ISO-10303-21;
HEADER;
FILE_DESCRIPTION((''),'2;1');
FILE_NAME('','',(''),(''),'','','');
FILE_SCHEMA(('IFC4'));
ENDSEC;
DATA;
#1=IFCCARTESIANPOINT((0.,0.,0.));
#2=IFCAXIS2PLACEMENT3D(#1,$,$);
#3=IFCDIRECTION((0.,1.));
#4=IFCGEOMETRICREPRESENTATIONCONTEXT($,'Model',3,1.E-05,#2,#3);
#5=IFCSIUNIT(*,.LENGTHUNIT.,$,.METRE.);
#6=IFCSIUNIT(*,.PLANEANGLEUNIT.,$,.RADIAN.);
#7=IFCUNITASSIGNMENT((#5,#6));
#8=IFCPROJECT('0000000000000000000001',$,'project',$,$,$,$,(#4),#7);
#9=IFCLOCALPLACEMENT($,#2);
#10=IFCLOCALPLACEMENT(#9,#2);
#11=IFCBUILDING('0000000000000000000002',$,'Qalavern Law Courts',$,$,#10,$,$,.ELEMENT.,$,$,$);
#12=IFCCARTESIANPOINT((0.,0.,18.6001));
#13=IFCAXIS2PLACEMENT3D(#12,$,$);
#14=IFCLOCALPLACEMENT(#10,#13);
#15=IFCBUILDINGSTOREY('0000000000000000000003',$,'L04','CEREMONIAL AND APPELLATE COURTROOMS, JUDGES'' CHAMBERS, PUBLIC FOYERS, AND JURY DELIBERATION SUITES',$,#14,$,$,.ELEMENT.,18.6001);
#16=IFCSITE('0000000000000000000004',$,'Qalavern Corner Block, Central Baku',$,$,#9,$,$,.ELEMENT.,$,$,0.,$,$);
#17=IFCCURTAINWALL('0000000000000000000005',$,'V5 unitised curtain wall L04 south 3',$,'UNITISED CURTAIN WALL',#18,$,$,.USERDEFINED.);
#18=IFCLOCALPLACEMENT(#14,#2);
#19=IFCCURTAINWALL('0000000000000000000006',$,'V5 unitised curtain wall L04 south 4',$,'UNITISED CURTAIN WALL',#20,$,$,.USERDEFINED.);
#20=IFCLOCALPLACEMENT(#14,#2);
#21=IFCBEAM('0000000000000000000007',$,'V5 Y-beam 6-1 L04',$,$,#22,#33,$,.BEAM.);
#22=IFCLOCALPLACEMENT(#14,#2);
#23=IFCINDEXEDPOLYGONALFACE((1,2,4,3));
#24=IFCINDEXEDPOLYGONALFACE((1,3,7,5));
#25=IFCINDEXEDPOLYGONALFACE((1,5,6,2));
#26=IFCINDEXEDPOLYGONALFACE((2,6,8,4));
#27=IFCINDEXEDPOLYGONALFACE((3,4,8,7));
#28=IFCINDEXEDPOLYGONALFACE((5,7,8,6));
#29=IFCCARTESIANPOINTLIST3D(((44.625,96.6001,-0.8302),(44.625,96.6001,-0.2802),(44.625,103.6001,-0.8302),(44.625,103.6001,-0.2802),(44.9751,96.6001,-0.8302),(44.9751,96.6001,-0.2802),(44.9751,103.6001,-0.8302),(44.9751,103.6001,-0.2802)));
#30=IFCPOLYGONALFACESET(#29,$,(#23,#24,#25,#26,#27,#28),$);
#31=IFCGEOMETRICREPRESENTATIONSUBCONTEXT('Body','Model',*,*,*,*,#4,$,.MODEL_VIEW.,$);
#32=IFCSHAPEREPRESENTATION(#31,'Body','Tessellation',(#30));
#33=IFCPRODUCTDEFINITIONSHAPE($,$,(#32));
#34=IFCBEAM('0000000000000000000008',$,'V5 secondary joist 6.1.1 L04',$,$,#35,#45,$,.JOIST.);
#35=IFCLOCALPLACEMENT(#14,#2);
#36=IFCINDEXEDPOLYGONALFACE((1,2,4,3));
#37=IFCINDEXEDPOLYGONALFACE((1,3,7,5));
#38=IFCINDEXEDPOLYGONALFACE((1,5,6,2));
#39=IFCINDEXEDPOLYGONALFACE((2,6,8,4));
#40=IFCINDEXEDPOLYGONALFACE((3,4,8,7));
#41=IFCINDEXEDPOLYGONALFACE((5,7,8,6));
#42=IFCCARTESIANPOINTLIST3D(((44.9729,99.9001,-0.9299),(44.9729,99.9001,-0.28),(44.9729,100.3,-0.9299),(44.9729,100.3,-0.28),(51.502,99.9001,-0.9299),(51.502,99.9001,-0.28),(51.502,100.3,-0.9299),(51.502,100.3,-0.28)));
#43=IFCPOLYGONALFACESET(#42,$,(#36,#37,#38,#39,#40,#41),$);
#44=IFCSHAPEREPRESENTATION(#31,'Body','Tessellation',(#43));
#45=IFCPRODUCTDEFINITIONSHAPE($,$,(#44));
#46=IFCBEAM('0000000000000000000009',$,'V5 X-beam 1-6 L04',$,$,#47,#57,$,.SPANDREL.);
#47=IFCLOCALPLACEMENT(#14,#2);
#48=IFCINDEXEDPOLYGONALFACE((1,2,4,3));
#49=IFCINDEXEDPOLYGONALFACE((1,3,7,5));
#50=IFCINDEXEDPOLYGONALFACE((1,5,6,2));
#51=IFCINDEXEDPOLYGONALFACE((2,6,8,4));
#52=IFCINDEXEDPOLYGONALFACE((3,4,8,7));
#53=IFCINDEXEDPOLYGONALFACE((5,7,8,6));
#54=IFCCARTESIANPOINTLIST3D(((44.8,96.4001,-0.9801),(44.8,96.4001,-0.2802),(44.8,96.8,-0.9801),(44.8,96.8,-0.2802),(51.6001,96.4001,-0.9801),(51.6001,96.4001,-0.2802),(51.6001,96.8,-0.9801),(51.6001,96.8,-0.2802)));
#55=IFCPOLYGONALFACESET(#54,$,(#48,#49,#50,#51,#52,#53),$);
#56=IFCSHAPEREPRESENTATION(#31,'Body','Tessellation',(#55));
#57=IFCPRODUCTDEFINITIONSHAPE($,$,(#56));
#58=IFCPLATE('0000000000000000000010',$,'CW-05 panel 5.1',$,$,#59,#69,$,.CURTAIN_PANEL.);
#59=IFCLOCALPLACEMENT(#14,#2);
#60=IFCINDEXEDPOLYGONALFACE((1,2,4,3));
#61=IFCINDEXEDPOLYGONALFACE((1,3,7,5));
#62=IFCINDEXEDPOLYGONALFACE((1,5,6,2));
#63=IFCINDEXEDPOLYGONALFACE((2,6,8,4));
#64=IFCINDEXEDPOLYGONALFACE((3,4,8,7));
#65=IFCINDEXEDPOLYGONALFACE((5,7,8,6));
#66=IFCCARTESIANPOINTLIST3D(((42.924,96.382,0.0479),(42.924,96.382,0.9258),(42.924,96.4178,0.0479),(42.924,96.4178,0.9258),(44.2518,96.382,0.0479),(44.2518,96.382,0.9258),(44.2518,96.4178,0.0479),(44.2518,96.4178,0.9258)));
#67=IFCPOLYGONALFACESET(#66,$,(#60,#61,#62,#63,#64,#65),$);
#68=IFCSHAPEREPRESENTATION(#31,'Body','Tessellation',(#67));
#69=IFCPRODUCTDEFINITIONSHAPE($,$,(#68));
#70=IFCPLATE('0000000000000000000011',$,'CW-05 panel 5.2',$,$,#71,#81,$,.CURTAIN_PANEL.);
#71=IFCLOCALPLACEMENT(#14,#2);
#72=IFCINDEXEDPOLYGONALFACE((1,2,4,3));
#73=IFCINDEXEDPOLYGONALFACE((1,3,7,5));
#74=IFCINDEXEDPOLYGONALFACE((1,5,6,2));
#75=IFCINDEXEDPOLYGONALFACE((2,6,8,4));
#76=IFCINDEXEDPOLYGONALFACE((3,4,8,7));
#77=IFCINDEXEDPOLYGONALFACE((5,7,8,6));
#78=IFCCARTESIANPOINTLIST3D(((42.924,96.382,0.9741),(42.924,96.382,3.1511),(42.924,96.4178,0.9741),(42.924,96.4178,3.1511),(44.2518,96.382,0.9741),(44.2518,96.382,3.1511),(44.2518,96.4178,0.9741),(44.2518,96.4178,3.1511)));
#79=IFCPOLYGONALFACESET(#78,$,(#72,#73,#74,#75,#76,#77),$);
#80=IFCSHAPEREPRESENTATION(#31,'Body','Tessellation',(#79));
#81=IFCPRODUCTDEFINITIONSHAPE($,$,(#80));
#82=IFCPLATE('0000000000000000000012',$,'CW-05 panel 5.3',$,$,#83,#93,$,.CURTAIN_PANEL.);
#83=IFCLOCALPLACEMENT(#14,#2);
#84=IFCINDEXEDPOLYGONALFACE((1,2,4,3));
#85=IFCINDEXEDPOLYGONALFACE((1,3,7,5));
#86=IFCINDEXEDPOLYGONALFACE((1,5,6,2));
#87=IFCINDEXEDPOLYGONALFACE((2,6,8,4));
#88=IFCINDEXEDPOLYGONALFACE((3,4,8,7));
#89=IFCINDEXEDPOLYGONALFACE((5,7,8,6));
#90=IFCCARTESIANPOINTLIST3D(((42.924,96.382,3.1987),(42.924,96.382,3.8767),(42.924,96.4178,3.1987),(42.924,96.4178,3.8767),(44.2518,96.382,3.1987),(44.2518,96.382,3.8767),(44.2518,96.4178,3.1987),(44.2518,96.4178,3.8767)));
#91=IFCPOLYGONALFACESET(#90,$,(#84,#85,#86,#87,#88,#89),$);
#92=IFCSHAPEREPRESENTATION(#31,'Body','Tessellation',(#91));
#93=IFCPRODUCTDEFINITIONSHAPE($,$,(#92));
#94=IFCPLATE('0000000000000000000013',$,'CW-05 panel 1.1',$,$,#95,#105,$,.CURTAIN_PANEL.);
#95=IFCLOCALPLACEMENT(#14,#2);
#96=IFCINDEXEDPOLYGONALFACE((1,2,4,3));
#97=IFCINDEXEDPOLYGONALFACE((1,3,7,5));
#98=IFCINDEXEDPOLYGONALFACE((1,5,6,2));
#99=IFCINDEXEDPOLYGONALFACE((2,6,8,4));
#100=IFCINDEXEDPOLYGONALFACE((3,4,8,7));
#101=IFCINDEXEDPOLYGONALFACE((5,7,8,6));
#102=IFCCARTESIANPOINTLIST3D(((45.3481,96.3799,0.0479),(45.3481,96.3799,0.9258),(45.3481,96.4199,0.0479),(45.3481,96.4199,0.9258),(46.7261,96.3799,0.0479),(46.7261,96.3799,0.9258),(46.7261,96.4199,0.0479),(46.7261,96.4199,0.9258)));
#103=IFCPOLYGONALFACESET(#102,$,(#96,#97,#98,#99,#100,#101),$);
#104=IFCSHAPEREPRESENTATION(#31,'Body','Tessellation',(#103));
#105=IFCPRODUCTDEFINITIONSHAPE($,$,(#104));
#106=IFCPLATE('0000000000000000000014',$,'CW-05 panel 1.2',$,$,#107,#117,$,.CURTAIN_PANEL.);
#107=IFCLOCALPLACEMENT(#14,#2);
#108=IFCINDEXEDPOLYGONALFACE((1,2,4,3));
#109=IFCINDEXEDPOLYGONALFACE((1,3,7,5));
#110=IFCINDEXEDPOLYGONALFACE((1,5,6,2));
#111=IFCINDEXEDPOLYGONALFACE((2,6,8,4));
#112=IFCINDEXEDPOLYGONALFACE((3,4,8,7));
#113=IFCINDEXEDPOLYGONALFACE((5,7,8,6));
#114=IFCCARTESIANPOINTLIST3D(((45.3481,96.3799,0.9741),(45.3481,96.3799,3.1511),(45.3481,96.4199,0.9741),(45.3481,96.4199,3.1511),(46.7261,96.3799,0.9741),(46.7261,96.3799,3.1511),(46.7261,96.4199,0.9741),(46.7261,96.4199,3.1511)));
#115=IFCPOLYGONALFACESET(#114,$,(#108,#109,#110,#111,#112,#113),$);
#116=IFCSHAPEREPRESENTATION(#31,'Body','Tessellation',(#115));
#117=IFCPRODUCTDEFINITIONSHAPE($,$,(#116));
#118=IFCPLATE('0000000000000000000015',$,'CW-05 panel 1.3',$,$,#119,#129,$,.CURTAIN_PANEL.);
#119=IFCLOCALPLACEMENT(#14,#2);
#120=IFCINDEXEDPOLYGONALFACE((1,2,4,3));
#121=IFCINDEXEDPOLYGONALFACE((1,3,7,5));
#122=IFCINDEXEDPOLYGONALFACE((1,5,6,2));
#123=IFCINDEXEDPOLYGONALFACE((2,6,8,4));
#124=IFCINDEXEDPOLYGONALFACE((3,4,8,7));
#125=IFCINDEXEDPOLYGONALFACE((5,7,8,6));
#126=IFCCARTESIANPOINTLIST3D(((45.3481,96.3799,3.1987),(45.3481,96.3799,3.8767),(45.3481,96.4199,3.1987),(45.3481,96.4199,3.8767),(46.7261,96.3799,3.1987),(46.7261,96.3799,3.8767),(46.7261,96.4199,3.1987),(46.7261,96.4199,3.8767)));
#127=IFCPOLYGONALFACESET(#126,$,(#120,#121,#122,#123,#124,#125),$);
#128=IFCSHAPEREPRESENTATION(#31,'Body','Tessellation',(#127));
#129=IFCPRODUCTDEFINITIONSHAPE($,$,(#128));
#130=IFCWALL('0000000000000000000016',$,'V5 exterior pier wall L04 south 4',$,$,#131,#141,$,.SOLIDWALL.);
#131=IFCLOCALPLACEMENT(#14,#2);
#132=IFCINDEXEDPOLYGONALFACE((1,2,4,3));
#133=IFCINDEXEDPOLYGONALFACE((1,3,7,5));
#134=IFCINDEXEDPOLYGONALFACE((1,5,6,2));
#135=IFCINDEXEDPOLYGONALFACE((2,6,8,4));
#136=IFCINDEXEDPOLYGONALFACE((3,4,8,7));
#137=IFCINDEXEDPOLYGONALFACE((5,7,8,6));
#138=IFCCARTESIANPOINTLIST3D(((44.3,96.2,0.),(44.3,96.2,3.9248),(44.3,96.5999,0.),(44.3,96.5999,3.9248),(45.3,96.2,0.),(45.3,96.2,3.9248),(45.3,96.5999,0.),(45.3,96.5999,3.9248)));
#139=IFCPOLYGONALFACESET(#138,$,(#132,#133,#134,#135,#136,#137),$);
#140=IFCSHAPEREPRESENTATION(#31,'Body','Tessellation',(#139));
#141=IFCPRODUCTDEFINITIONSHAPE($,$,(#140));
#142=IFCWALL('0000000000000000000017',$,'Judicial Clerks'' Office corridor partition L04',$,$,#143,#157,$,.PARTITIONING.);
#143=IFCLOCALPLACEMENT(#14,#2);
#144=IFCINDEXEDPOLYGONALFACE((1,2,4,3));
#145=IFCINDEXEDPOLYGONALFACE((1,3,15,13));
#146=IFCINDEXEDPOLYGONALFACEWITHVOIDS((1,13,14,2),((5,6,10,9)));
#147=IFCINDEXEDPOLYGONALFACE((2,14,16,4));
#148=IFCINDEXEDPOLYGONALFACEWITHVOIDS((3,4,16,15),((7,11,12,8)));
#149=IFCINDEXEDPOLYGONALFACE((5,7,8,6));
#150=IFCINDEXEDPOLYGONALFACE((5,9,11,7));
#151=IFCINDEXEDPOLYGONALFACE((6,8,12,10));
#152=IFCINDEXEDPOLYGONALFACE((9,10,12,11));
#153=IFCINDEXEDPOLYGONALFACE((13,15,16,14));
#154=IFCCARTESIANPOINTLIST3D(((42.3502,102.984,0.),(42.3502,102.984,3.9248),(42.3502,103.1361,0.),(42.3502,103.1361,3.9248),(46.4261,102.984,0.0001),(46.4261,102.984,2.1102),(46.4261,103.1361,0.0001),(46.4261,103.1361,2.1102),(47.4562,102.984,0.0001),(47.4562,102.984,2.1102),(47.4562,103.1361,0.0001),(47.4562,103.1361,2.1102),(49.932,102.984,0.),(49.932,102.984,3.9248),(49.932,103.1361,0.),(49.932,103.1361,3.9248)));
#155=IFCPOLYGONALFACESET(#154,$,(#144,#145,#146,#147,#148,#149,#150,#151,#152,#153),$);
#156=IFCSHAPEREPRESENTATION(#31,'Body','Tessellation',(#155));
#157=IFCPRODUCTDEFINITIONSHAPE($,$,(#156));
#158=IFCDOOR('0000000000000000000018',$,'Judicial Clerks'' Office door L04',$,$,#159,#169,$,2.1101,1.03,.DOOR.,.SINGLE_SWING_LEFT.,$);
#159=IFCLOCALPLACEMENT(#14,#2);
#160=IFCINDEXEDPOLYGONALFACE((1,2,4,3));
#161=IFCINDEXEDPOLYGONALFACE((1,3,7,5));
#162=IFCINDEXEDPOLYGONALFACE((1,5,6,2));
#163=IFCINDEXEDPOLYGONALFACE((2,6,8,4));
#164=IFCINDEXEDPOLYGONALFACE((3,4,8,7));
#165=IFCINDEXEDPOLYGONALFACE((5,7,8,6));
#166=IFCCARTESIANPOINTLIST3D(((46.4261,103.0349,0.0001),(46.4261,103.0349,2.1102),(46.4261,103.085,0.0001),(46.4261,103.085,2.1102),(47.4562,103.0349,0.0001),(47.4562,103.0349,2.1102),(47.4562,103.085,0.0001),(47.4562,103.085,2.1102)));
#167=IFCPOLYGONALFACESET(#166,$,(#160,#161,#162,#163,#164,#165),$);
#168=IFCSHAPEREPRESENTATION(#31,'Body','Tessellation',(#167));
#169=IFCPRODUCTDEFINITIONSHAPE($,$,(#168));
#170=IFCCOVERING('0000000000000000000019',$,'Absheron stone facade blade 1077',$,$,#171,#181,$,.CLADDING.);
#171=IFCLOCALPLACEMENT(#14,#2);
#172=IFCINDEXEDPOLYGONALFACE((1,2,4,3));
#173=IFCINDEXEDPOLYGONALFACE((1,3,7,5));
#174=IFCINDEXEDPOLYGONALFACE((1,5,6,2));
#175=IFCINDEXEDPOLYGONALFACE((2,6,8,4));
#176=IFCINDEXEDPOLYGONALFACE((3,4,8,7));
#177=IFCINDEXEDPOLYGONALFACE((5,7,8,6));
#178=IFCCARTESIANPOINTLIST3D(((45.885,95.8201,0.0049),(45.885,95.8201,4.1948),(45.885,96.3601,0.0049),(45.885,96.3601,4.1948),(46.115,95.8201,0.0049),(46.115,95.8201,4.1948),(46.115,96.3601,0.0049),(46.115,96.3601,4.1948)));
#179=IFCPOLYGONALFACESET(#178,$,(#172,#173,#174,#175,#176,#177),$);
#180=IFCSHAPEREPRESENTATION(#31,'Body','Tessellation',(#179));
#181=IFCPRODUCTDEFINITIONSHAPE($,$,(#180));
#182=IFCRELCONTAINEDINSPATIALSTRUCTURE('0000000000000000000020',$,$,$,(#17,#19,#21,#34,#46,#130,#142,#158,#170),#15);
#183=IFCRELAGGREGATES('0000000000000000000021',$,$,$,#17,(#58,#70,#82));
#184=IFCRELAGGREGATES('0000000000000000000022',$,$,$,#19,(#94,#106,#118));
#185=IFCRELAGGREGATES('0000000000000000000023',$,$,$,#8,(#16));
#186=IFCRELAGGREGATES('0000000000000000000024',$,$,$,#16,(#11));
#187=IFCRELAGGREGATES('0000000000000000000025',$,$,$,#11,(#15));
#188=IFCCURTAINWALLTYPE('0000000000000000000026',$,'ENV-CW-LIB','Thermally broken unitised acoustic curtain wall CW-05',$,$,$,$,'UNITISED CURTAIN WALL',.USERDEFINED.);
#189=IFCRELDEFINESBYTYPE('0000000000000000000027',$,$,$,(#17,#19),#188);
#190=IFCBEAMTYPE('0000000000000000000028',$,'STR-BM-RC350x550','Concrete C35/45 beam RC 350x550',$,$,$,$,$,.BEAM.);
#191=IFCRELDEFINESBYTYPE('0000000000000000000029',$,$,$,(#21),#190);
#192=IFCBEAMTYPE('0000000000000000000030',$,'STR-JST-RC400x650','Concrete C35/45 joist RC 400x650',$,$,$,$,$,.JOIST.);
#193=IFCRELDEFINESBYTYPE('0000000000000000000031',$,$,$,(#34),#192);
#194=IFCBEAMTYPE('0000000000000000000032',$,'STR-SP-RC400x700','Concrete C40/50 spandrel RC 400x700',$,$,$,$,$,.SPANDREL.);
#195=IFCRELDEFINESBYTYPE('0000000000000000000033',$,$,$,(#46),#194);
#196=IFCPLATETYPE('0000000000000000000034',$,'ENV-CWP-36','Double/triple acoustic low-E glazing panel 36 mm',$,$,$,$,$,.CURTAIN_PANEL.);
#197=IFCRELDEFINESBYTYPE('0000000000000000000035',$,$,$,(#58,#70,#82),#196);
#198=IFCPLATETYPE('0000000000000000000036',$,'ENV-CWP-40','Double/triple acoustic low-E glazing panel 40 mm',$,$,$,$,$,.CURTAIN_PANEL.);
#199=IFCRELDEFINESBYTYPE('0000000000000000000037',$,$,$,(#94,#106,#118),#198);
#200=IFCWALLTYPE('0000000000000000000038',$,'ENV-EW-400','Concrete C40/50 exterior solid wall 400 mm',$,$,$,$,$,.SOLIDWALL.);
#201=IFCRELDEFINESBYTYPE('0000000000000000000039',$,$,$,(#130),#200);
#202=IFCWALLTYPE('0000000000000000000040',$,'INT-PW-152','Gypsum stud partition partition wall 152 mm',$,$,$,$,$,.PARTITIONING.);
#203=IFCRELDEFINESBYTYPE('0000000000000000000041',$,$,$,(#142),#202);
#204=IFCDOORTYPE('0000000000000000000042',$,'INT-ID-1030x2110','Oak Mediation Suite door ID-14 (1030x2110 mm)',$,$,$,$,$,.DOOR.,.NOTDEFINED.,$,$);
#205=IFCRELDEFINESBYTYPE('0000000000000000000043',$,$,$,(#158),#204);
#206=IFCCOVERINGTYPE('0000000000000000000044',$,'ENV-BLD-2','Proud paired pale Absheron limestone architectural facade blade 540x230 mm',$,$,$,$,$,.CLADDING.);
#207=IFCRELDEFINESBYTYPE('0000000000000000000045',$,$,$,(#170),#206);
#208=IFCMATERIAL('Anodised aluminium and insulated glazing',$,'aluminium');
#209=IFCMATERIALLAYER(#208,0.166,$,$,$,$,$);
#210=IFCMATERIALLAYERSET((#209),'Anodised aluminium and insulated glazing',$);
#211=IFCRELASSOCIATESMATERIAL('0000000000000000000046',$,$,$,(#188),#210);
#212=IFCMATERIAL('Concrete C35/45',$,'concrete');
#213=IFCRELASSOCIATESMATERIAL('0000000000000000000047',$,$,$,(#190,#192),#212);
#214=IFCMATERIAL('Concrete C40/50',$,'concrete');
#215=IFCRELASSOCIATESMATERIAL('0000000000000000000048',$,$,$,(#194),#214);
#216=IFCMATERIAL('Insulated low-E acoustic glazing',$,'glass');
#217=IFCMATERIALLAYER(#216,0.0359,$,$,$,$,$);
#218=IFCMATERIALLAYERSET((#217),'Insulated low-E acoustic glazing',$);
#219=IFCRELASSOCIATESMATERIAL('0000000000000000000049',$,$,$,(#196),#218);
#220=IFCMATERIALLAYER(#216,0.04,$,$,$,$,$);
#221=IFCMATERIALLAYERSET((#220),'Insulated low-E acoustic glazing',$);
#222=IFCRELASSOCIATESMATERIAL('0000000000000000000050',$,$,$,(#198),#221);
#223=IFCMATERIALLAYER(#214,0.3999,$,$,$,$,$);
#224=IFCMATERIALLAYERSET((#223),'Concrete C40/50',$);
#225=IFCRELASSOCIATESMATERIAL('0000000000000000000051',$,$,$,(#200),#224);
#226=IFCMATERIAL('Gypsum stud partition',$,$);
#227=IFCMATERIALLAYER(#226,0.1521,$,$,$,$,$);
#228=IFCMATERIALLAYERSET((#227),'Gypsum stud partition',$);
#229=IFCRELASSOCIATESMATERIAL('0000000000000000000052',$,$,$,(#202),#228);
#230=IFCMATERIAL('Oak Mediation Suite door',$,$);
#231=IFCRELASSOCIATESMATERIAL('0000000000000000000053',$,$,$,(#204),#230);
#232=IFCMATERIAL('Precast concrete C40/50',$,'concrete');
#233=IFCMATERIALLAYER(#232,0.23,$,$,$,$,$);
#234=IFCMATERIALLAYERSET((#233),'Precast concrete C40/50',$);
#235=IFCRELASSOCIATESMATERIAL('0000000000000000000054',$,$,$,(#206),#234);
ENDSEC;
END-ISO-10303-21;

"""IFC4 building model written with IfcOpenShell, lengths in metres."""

from ifc_helpers import new_model, si_unit, direction, frame, frame_2d, origin, origin_2d, place, context, subcontext, project, spatial, rectangle, extrude, material, layer, layer_set, material_profile, profile_set, type_object, element, fill, aggregate, save


model = new_model("IFC4")

# Units and contexts
model_context = context("Model", 3, precision=1e-05, world=origin(), true_north=direction((0.0, 1.0)))
body_context = subcontext(model_context, "Body", "Model", "MODEL_VIEW")
ifc_project = project(units=[si_unit("LENGTHUNIT", "METRE"), si_unit("PLANEANGLEUNIT", "RADIAN")], contexts=[model_context])

# Site, building, storey
site_placement = place(None, origin())
site = spatial("IfcSite", under=ifc_project, at=site_placement, Name="Qalavern Corner Block, Central Baku", CompositionType="ELEMENT", RefElevation=0.0)
building_placement = place(site_placement, origin())
building = spatial("IfcBuilding", under=site, at=building_placement, Name="Qalavern Law Courts", CompositionType="ELEMENT")
storey_placement = place(building_placement, frame((0.0, 0.0, 18.6001)))
storey = spatial("IfcBuildingStorey", under=building, at=storey_placement, Name="L04", Description="CEREMONIAL AND APPELLATE COURTROOMS, JUDGES' CHAMBERS, PUBLIC FOYERS, AND JURY DELIBERATION SUITES", CompositionType="ELEMENT", Elevation=18.6001)

# Curtain walls
ifc_material_1 = material(Name="Anodised aluminium and insulated glazing", Category="aluminium")
ifc_layer_1 = layer(ifc_material_1, 0.166)
ifc_layer_set_1 = layer_set([ifc_layer_1], Name="Anodised aluminium and insulated glazing")
curtain_wall_type = type_object("IfcCurtainWallType", Name="ENV-CW-LIB", Description="Thermally broken unitised acoustic curtain wall CW-05", ElementType="UNITISED CURTAIN WALL", PredefinedType="USERDEFINED", material=ifc_layer_set_1)
curtain_wall_1_placement = place(storey_placement, origin())
curtain_wall_1 = element("IfcCurtainWall", 1, at=curtain_wall_1_placement, inside=storey, type_object=curtain_wall_type, Name="V5 unitised curtain wall L04 south 3", ObjectType="UNITISED CURTAIN WALL", PredefinedType="USERDEFINED")
curtain_wall_2_placement = place(storey_placement, origin())
curtain_wall_2 = element("IfcCurtainWall", 2, at=curtain_wall_2_placement, inside=storey, type_object=curtain_wall_type, Name="V5 unitised curtain wall L04 south 4", ObjectType="UNITISED CURTAIN WALL", PredefinedType="USERDEFINED")

# Beams
ifc_material_2 = material(Name="Concrete C35/45", Category="concrete")
ifc_material_profile_1 = material_profile(ifc_material_2, rectangle(XDim=0.3501, YDim=0.55, at=origin_2d()), Name="RC 350x550")
ifc_profile_set_1 = profile_set([ifc_material_profile_1], Name="Concrete C35/45")
beam_type_1 = type_object("IfcBeamType", Name="STR-BM-RC350x550", Description="Concrete C35/45 beam RC 350x550", PredefinedType="BEAM", material=ifc_profile_set_1)
beam_1_placement = place(storey_placement, frame((44.8, 96.6001, -0.5552), z_axis=(0.0, 1.0, 0.0), x_axis=(-1.0, 0.0, 0.0)))
element("IfcBeam", 3, at=beam_1_placement, inside=storey, type_object=beam_type_1, Name="V5 Y-beam 6-1 L04", PredefinedType="BEAM", context=body_context, shape_type="SweptSolid", body=[
    extrude(rectangle(XDim=0.3501, YDim=0.55, at=origin_2d()), origin(), (0.0, 0.0, 1.0), 7.0),
])
ifc_material_profile_2 = material_profile(ifc_material_2, rectangle(XDim=0.3999, YDim=0.6499, at=origin_2d()), Name="RC 400x650")
ifc_profile_set_2 = profile_set([ifc_material_profile_2], Name="Concrete C35/45")
beam_type_2 = type_object("IfcBeamType", Name="STR-JST-RC400x650", Description="Concrete C35/45 joist RC 400x650", PredefinedType="JOIST", material=ifc_profile_set_2)
beam_2_placement = place(storey_placement, frame((44.9729, 100.1001, -0.605), z_axis=(1.0, 0.0, 0.0), x_axis=(0.0, 1.0, 0.0)))
element("IfcBeam", 4, at=beam_2_placement, inside=storey, type_object=beam_type_2, Name="V5 secondary joist 6.1.1 L04", PredefinedType="JOIST", context=body_context, shape_type="SweptSolid", body=[
    extrude(rectangle(XDim=0.3999, YDim=0.6499, at=origin_2d()), origin(), (0.0, 0.0, 1.0), 6.5291),
])
ifc_material_3 = material(Name="Concrete C40/50", Category="concrete")
ifc_material_profile_3 = material_profile(ifc_material_3, rectangle(XDim=0.3999, YDim=0.7, at=origin_2d()), Name="RC 400x700")
ifc_profile_set_3 = profile_set([ifc_material_profile_3], Name="Concrete C40/50")
beam_type_3 = type_object("IfcBeamType", Name="STR-SP-RC400x700", Description="Concrete C40/50 spandrel RC 400x700", PredefinedType="SPANDREL", material=ifc_profile_set_3)
beam_3_placement = place(storey_placement, frame((44.8, 96.6001, -0.6301), z_axis=(1.0, 0.0, 0.0), x_axis=(0.0, 1.0, 0.0)))
element("IfcBeam", 5, at=beam_3_placement, inside=storey, type_object=beam_type_3, Name="V5 X-beam 1-6 L04", PredefinedType="SPANDREL", context=body_context, shape_type="SweptSolid", body=[
    extrude(rectangle(XDim=0.3999, YDim=0.7, at=origin_2d()), origin(), (0.0, 0.0, 1.0), 6.8),
])

# Plates
ifc_material_4 = material(Name="Insulated low-E acoustic glazing", Category="glass")
ifc_layer_2 = layer(ifc_material_4, 0.0359)
ifc_layer_set_2 = layer_set([ifc_layer_2], Name="Insulated low-E acoustic glazing")
plate_type_1 = type_object("IfcPlateType", Name="ENV-CWP-36", Description="Double/triple acoustic low-E glazing panel 36 mm", PredefinedType="CURTAIN_PANEL", material=ifc_layer_set_2)
plate_1_placement = place(storey_placement, frame((43.5879, 96.3999, 0.0479), z_axis=(0.0, 0.0, 1.0), x_axis=(1.0, 0.0, 0.0)))
plate_1 = element("IfcPlate", 6, at=plate_1_placement, type_object=plate_type_1, Name="CW-05 panel 5.1", PredefinedType="CURTAIN_PANEL", context=body_context, shape_type="SweptSolid", body=[
    extrude(rectangle(XDim=1.3279, YDim=0.0359, at=origin_2d()), origin(), (0.0, 0.0, 1.0), 0.8779),
])
plate_2_placement = place(storey_placement, frame((43.5879, 96.3999, 0.9741), z_axis=(0.0, 0.0, 1.0), x_axis=(1.0, 0.0, 0.0)))
plate_2 = element("IfcPlate", 7, at=plate_2_placement, type_object=plate_type_1, Name="CW-05 panel 5.2", PredefinedType="CURTAIN_PANEL", context=body_context, shape_type="SweptSolid", body=[
    extrude(rectangle(XDim=1.3279, YDim=0.0359, at=origin_2d()), origin(), (0.0, 0.0, 1.0), 2.177),
])
plate_3_placement = place(storey_placement, frame((43.5879, 96.3999, 3.1987), z_axis=(0.0, 0.0, 1.0), x_axis=(1.0, 0.0, 0.0)))
plate_3 = element("IfcPlate", 8, at=plate_3_placement, type_object=plate_type_1, Name="CW-05 panel 5.3", PredefinedType="CURTAIN_PANEL", context=body_context, shape_type="SweptSolid", body=[
    extrude(rectangle(XDim=1.3279, YDim=0.0359, at=origin_2d()), origin(), (0.0, 0.0, 1.0), 0.678),
])
aggregate(curtain_wall_1, [plate_1, plate_2, plate_3])
ifc_layer_3 = layer(ifc_material_4, 0.04)
ifc_layer_set_3 = layer_set([ifc_layer_3], Name="Insulated low-E acoustic glazing")
plate_type_2 = type_object("IfcPlateType", Name="ENV-CWP-40", Description="Double/triple acoustic low-E glazing panel 40 mm", PredefinedType="CURTAIN_PANEL", material=ifc_layer_set_3)
plate_4_placement = place(storey_placement, frame((46.0371, 96.3999, 0.0479), z_axis=(0.0, 0.0, 1.0), x_axis=(1.0, 0.0, 0.0)))
plate_4 = element("IfcPlate", 9, at=plate_4_placement, type_object=plate_type_2, Name="CW-05 panel 1.1", PredefinedType="CURTAIN_PANEL", context=body_context, shape_type="SweptSolid", body=[
    extrude(rectangle(XDim=1.3779, YDim=0.04, at=origin_2d()), origin(), (0.0, 0.0, 1.0), 0.8779),
])
plate_5_placement = place(storey_placement, frame((46.0371, 96.3999, 0.9741), z_axis=(0.0, 0.0, 1.0), x_axis=(1.0, 0.0, 0.0)))
plate_5 = element("IfcPlate", 10, at=plate_5_placement, type_object=plate_type_2, Name="CW-05 panel 1.2", PredefinedType="CURTAIN_PANEL", context=body_context, shape_type="SweptSolid", body=[
    extrude(rectangle(XDim=1.3779, YDim=0.04, at=origin_2d()), origin(), (0.0, 0.0, 1.0), 2.177),
])
plate_6_placement = place(storey_placement, frame((46.0371, 96.3999, 3.1987), z_axis=(0.0, 0.0, 1.0), x_axis=(1.0, 0.0, 0.0)))
plate_6 = element("IfcPlate", 11, at=plate_6_placement, type_object=plate_type_2, Name="CW-05 panel 1.3", PredefinedType="CURTAIN_PANEL", context=body_context, shape_type="SweptSolid", body=[
    extrude(rectangle(XDim=1.3779, YDim=0.04, at=origin_2d()), origin(), (0.0, 0.0, 1.0), 0.678),
])
aggregate(curtain_wall_2, [plate_4, plate_5, plate_6])

# Wall
ifc_layer_4 = layer(ifc_material_3, 0.3999)
ifc_layer_set_4 = layer_set([ifc_layer_4], Name="Concrete C40/50")
wall_type_1 = type_object("IfcWallType", Name="ENV-EW-400", Description="Concrete C40/50 exterior solid wall 400 mm", PredefinedType="SOLIDWALL", material=ifc_layer_set_4)
wall_1_placement = place(storey_placement, frame((44.3, 96.3999, 0.0), z_axis=(0.0, 0.0, 1.0), x_axis=(1.0, 0.0, 0.0)))
element("IfcWall", 12, at=wall_1_placement, inside=storey, type_object=wall_type_1, Name="V5 exterior pier wall L04 south 4", PredefinedType="SOLIDWALL", context=body_context, shape_type="SweptSolid", body=[
    extrude(rectangle(XDim=1.0, YDim=0.3999, at=frame_2d((0.5, 0.0))), origin(), (0.0, 0.0, 1.0), 3.9248),
])

# Wall, opening, door
ifc_material_5 = material(Name="Gypsum stud partition")
ifc_layer_5 = layer(ifc_material_5, 0.1521)
ifc_layer_set_5 = layer_set([ifc_layer_5], Name="Gypsum stud partition")
wall_type_2 = type_object("IfcWallType", Name="INT-PW-152", Description="Gypsum stud partition partition wall 152 mm", PredefinedType="PARTITIONING", material=ifc_layer_set_5)
wall_2_placement = place(storey_placement, frame((42.3501, 103.0601, 0.0), z_axis=(0.0, 0.0, 1.0), x_axis=(1.0, 0.0, 0.0)))
wall_2 = element("IfcWall", 13, at=wall_2_placement, inside=storey, type_object=wall_type_2, Name="Judicial Clerks' Office corridor partition L04", PredefinedType="PARTITIONING", context=body_context, shape_type="SweptSolid", body=[
    extrude(rectangle(XDim=7.5818, YDim=0.1521, at=frame_2d((3.791, 0.0))), origin(), (0.0, 0.0, 1.0), 3.9248),
])
opening_placement = place(wall_2_placement, frame((4.0759, 0.0, 0.0)))
opening = element("IfcOpeningElement", 14, at=opening_placement, cuts=wall_2, PredefinedType="OPENING", context=body_context, shape_type="SweptSolid", body=[
    extrude(rectangle(XDim=1.03, YDim=2.1101, at=frame_2d((0.5151, 1.0552))), frame((0.0, 0.0908, 0.0), z_axis=(0.0, -1.0, 0.0), x_axis=(1.0, 0.0, 0.0)), (0.0, 0.0, 1.0), 0.1819),
])
ifc_material_6 = material(Name="Oak Mediation Suite door")
door_type = type_object("IfcDoorType", Name="INT-ID-1030x2110", Description="Oak Mediation Suite door ID-14 (1030x2110 mm)", OperationType="NOTDEFINED", PredefinedType="DOOR", material=ifc_material_6)
door_placement = place(opening_placement, origin())
door = element("IfcDoor", 15, at=door_placement, inside=storey, type_object=door_type, Name="Judicial Clerks' Office door L04", OperationType="SINGLE_SWING_LEFT", OverallHeight=2.1101, OverallWidth=1.03, PredefinedType="DOOR", context=body_context, shape_type="SweptSolid", body=[
    extrude(rectangle(XDim=1.03, YDim=2.1101, at=frame_2d((0.5151, 1.0552))), frame((0.0, 0.0249, 0.0), z_axis=(0.0, -1.0, 0.0), x_axis=(1.0, 0.0, 0.0)), (0.0, 0.0, 1.0), 0.05),
])
fill(opening, door)

# Covering
ifc_material_7 = material(Name="Precast concrete C40/50", Category="concrete")
ifc_layer_6 = layer(ifc_material_7, 0.23)
ifc_layer_set_6 = layer_set([ifc_layer_6], Name="Precast concrete C40/50")
covering_type_1 = type_object("IfcCoveringType", Name="ENV-BLD-2", Description="Proud paired pale Absheron limestone architectural facade blade 540x230 mm", PredefinedType="CLADDING", material=ifc_layer_set_6)
for number, where, z_axis, x_axis, name in (
    (16, (46.0, 96.0901, 0.0049), (0.0, 0.0, 1.0), (0.0, -1.0, 0.0), "Absheron stone facade blade 1077"),
):
    element("IfcCovering", number, at=place(storey_placement, frame(where, z_axis=z_axis, x_axis=x_axis)), inside=storey, type_object=covering_type_1, Name=name, PredefinedType="CLADDING", context=body_context, shape_type="SweptSolid", body=[
        extrude(rectangle(XDim=0.54, YDim=0.23, at=origin_2d()), origin(), (0.0, 0.0, 1.0), 4.1899),
    ])

save(model, "model.ifc")
